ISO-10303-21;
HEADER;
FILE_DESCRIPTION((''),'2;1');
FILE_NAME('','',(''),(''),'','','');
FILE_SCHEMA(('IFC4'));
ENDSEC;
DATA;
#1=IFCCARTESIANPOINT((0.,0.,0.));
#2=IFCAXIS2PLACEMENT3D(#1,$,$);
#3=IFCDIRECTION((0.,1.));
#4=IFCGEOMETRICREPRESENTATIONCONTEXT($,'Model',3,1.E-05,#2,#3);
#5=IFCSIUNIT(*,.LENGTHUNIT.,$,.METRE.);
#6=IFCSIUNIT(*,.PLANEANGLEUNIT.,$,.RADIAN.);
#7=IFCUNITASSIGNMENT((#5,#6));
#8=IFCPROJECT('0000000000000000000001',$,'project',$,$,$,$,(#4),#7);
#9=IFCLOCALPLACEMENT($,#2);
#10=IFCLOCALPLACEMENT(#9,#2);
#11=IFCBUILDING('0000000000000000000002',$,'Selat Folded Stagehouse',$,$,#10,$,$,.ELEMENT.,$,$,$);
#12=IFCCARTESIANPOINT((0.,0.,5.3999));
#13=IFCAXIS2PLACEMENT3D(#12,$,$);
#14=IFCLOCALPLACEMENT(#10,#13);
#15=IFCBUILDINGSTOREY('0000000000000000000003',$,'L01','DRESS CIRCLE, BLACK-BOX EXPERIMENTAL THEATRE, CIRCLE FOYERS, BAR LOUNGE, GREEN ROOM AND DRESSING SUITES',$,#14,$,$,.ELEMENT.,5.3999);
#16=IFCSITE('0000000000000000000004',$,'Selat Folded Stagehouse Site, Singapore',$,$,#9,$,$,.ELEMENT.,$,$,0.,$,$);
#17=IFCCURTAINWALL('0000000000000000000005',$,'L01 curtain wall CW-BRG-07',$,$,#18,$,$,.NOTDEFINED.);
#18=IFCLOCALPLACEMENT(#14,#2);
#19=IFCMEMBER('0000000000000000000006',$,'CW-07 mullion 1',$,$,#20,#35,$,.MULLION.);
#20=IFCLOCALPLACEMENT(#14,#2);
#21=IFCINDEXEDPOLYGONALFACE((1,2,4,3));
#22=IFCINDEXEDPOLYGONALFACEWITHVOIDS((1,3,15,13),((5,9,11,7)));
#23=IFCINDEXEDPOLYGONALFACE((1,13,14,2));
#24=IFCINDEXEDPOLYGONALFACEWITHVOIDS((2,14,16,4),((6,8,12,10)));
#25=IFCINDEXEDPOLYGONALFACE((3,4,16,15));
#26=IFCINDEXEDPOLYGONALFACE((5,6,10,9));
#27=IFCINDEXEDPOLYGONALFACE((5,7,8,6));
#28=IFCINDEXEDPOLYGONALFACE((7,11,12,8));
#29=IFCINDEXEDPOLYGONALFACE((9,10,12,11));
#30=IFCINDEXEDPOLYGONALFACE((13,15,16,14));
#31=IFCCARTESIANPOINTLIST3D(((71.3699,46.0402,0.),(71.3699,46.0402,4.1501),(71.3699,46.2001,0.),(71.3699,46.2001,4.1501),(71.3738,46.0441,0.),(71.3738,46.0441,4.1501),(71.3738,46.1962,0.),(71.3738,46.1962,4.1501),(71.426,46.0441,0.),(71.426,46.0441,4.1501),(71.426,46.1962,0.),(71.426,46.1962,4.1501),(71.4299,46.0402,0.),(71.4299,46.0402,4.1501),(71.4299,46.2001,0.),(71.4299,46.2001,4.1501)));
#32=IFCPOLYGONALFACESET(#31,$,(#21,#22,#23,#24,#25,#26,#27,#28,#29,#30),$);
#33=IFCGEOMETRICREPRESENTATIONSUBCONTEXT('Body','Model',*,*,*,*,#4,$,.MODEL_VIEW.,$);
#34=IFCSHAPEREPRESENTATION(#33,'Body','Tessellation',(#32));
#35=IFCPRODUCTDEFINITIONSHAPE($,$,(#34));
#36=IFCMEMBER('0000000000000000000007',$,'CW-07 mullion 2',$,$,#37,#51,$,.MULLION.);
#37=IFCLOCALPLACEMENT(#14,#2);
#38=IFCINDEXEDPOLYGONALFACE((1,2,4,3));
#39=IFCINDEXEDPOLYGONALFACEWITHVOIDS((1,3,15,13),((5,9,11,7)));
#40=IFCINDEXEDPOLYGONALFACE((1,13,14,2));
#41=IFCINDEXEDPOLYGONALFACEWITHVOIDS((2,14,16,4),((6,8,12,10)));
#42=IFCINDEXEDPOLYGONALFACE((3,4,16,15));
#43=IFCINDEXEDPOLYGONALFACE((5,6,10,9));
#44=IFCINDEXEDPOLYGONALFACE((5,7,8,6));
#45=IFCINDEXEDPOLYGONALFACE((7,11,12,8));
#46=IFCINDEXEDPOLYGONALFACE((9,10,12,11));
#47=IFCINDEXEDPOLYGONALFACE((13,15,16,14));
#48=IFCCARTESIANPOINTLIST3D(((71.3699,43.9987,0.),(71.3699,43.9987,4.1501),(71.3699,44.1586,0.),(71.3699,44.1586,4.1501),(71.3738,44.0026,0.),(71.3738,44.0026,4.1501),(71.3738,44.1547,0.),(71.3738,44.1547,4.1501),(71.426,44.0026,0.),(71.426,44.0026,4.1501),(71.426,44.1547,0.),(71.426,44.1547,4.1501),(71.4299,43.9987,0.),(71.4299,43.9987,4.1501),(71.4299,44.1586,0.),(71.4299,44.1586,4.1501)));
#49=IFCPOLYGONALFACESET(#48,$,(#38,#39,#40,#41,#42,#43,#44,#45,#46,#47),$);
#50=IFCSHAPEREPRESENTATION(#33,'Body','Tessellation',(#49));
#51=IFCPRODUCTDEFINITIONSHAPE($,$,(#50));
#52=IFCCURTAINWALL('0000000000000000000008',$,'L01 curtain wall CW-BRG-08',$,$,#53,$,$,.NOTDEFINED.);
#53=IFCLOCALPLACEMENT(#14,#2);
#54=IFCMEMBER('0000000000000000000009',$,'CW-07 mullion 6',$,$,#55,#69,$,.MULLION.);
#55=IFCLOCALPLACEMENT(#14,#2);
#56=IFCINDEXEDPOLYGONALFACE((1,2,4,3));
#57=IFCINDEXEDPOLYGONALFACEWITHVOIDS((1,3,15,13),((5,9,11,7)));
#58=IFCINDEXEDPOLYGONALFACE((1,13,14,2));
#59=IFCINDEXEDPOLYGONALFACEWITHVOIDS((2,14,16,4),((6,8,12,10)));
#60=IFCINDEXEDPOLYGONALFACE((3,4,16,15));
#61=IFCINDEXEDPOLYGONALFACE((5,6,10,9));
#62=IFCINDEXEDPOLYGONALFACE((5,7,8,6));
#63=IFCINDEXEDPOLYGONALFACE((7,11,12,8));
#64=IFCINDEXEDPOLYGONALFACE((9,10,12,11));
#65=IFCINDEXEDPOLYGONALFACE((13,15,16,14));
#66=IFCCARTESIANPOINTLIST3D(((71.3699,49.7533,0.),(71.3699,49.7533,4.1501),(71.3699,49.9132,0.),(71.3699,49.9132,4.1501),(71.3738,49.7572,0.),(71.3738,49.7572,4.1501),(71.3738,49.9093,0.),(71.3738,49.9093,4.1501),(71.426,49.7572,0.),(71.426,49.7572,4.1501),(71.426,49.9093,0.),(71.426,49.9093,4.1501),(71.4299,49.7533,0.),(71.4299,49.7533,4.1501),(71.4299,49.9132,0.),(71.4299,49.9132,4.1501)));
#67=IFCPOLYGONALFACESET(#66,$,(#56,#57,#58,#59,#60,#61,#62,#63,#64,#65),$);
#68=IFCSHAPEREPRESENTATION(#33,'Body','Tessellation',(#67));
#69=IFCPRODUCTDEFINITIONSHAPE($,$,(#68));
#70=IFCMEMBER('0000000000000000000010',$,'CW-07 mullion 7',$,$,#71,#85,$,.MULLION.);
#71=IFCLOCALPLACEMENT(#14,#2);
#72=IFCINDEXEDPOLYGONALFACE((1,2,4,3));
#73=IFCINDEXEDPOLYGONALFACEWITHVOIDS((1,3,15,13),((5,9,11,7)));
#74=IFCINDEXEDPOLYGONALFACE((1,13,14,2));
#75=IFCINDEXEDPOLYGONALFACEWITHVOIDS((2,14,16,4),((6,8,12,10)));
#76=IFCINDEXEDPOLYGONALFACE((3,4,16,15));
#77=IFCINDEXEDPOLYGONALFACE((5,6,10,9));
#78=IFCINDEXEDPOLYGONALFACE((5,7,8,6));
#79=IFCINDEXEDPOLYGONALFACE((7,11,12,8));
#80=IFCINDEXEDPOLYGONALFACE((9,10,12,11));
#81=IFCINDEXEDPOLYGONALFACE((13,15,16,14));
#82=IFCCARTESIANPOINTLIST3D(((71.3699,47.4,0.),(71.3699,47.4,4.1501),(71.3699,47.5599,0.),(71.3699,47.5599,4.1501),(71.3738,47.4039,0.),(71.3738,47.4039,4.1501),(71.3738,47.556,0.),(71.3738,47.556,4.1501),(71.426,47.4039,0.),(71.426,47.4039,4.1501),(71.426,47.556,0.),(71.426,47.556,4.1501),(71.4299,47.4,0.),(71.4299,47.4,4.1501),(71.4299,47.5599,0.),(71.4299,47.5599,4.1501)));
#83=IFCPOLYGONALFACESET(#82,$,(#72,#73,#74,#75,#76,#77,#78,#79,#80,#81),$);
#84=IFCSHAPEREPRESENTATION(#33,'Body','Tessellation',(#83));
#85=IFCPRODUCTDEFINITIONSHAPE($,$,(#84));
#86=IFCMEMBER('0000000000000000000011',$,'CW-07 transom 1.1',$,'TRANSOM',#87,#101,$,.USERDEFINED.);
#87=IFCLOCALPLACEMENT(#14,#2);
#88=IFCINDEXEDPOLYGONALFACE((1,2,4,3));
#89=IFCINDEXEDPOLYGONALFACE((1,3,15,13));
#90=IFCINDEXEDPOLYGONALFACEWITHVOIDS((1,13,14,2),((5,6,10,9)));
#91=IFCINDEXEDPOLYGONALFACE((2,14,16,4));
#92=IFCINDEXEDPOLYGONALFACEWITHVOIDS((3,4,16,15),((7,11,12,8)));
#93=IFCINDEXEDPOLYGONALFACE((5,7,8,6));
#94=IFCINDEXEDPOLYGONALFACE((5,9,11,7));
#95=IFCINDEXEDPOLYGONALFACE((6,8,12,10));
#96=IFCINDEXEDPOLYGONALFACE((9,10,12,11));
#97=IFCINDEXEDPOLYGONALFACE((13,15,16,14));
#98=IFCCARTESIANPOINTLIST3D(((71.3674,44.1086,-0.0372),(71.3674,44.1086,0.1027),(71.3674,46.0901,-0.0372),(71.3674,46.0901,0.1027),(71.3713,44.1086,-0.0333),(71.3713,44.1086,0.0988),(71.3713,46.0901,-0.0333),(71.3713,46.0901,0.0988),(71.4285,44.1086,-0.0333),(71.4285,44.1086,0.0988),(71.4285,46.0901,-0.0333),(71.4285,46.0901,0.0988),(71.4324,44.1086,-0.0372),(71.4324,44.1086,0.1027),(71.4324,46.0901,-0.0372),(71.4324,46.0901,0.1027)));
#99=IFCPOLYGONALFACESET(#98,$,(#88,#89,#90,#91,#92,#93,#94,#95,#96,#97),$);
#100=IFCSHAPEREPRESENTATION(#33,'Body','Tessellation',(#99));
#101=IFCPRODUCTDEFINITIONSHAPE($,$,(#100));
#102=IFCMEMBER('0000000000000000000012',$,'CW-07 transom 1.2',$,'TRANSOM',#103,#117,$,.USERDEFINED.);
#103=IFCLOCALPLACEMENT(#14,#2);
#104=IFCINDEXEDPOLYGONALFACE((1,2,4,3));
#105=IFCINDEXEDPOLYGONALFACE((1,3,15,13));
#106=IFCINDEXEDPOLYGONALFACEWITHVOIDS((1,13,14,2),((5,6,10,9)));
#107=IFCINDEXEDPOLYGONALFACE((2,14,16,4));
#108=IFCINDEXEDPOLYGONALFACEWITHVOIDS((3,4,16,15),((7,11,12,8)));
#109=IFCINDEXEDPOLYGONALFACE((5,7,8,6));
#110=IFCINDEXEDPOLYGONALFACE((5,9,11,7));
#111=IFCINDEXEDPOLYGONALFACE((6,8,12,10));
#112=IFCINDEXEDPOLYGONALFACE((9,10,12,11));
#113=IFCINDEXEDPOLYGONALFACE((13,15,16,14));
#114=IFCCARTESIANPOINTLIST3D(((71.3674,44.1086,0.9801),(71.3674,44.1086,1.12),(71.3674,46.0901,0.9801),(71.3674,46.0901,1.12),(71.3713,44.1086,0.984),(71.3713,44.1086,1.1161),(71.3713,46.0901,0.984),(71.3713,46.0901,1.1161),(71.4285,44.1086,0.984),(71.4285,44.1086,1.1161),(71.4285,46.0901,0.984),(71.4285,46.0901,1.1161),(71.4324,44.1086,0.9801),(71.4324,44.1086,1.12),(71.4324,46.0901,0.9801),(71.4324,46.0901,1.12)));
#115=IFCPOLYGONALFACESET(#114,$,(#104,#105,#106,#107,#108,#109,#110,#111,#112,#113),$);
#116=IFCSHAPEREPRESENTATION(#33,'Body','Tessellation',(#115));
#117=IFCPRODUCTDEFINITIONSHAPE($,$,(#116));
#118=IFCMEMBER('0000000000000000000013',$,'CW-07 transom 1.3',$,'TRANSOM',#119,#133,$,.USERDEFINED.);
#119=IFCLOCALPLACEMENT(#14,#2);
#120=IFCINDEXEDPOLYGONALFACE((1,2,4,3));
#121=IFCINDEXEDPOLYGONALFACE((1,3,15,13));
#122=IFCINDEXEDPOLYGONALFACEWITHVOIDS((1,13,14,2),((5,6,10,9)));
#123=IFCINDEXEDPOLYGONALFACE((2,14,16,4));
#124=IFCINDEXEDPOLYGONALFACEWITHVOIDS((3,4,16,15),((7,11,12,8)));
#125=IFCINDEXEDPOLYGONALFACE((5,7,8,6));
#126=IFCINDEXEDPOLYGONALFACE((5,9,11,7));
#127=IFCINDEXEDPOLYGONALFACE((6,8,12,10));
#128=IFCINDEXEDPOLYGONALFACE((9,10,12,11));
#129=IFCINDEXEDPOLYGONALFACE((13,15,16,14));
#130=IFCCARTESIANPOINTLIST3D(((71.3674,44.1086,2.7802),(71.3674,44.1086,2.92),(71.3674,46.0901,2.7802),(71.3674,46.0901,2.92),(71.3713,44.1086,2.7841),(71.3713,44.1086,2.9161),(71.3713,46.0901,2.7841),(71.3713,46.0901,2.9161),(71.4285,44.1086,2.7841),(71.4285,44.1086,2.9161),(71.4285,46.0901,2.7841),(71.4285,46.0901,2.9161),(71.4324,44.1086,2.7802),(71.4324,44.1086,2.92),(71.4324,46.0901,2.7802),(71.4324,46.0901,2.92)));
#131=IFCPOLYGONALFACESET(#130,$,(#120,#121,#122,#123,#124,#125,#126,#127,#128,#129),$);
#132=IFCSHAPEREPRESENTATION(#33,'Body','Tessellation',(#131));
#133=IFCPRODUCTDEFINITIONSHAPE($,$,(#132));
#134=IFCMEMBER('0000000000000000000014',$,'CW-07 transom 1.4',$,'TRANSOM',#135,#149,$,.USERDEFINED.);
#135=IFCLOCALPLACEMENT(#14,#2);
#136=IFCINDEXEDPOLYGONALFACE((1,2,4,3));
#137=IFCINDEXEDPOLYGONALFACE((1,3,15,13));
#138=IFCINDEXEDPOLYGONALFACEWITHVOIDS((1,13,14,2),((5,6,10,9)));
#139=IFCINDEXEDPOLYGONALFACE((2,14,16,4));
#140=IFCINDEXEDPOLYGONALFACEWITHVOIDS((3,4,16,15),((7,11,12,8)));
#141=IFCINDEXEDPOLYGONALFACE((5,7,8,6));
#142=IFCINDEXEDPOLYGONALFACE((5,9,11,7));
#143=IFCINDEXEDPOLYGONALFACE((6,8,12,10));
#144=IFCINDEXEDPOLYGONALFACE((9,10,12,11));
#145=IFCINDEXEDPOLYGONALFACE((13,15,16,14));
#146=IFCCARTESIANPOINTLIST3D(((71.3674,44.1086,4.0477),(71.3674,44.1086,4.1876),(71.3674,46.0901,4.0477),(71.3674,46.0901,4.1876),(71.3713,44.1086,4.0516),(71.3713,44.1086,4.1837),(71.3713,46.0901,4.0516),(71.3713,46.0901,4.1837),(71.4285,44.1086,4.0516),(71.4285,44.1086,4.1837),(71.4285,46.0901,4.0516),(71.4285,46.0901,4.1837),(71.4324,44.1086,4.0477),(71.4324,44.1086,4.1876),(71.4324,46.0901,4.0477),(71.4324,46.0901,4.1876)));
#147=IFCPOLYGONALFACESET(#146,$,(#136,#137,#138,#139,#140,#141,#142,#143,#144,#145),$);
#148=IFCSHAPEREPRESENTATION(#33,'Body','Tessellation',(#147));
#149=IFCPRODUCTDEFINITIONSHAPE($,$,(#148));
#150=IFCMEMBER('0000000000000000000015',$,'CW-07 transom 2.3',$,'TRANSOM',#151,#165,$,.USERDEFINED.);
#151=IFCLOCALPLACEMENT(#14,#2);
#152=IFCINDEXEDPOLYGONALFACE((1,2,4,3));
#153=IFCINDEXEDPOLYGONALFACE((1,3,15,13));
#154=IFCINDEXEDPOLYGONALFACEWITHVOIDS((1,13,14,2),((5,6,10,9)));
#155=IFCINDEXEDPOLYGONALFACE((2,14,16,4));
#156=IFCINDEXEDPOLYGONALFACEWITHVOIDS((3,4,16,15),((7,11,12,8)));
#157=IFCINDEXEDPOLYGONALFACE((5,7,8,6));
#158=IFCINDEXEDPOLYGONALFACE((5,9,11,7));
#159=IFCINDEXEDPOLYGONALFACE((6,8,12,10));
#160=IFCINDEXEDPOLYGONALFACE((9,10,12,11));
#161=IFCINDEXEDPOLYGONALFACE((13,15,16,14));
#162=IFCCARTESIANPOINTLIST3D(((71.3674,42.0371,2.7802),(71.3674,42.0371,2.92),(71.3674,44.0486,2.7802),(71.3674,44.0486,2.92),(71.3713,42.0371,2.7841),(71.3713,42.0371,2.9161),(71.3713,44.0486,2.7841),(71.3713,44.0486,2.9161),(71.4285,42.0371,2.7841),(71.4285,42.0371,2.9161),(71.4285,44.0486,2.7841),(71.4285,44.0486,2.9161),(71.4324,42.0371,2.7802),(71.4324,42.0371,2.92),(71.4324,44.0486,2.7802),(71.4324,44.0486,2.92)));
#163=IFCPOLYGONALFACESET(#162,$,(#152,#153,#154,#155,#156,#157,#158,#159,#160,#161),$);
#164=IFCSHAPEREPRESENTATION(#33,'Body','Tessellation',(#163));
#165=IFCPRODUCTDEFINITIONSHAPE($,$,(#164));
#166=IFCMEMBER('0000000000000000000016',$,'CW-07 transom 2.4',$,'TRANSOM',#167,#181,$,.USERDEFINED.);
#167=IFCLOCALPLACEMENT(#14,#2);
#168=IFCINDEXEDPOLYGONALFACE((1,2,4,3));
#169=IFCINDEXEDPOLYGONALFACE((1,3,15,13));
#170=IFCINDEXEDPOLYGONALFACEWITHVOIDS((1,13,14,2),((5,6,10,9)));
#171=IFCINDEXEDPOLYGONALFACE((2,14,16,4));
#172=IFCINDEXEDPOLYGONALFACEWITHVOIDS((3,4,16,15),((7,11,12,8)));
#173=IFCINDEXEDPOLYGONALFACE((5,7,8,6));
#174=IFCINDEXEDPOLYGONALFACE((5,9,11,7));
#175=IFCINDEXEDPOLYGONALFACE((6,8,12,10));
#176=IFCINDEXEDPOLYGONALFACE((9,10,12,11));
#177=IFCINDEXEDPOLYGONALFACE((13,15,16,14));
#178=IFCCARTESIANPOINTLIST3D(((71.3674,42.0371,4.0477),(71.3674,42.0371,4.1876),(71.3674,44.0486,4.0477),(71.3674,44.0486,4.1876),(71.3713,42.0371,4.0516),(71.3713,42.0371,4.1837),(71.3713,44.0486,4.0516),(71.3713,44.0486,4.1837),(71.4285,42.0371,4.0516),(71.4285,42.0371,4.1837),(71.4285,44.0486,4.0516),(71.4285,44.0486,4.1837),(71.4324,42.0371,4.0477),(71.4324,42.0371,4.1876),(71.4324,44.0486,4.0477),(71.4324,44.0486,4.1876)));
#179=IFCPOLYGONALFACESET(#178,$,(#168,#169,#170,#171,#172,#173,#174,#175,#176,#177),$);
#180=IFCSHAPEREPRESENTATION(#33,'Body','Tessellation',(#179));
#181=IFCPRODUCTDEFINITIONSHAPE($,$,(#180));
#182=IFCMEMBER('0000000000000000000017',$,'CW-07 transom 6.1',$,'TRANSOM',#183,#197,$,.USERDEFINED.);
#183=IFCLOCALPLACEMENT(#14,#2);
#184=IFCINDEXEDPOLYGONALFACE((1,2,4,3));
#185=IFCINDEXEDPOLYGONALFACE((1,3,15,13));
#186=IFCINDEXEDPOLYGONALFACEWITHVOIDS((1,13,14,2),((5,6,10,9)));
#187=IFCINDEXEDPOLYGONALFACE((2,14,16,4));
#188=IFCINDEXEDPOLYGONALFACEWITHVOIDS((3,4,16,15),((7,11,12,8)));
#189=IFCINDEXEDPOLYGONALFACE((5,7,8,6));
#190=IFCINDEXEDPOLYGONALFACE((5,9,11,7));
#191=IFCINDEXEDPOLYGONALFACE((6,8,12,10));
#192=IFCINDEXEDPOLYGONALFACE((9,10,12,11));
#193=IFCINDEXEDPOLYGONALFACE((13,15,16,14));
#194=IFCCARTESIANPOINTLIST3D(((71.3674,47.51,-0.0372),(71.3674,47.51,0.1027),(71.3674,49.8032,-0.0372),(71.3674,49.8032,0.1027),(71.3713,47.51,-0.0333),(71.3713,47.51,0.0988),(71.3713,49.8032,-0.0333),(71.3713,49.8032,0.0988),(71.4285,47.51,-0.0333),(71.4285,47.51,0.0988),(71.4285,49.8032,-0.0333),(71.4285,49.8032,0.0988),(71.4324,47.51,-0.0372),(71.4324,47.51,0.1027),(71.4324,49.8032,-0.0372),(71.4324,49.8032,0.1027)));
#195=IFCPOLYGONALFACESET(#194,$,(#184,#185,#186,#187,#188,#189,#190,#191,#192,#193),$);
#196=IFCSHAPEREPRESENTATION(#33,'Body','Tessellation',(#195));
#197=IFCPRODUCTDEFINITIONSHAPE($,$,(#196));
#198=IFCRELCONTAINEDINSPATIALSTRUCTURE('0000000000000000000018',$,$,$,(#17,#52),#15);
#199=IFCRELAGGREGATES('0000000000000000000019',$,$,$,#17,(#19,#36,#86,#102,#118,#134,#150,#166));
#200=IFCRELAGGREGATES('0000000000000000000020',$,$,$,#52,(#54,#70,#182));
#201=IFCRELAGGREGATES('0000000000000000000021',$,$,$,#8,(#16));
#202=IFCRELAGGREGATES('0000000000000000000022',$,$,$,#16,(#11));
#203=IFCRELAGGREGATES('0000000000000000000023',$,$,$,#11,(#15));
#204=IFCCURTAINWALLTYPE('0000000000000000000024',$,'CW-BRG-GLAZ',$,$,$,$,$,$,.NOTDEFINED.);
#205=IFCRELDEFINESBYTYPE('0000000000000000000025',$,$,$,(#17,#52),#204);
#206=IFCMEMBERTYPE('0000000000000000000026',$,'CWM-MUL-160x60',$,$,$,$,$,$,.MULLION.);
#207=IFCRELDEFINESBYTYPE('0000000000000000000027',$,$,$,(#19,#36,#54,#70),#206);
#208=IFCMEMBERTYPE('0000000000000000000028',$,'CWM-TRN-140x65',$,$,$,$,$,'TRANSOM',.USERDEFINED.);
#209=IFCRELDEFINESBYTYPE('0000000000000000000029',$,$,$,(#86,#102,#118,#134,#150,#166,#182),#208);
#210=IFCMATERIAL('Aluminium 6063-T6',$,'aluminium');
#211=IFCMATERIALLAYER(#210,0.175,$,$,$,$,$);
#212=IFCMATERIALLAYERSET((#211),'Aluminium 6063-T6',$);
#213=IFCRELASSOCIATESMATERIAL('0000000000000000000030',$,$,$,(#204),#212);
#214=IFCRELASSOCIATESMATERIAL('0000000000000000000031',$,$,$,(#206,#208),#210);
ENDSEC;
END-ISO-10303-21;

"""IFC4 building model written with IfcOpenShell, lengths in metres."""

from ifc_helpers import new_model, si_unit, direction, frame, origin, origin_2d, place, context, subcontext, project, spatial, hollow_rectangle, extrude, material, layer, layer_set, material_profile, profile_set, type_object, element, aggregate, save


model = new_model("IFC4")

# Units and contexts
model_context = context("Model", 3, precision=1e-05, world=origin(), true_north=direction((0.0, 1.0)))
body_context = subcontext(model_context, "Body", "Model", "MODEL_VIEW")
ifc_project = project(units=[si_unit("LENGTHUNIT", "METRE"), si_unit("PLANEANGLEUNIT", "RADIAN")], contexts=[model_context])

# Site, building, storey
site_placement = place(None, origin())
site = spatial("IfcSite", under=ifc_project, at=site_placement, Name="Selat Folded Stagehouse Site, Singapore", CompositionType="ELEMENT", RefElevation=0.0)
building_placement = place(site_placement, origin())
building = spatial("IfcBuilding", under=site, at=building_placement, Name="Selat Folded Stagehouse", CompositionType="ELEMENT")
storey_placement = place(building_placement, frame((0.0, 0.0, 5.3999)))
storey = spatial("IfcBuildingStorey", under=building, at=storey_placement, Name="L01", Description="DRESS CIRCLE, BLACK-BOX EXPERIMENTAL THEATRE, CIRCLE FOYERS, BAR LOUNGE, GREEN ROOM AND DRESSING SUITES", CompositionType="ELEMENT", Elevation=5.3999)

# Curtain walls, members
ifc_material_1 = material(Name="Aluminium 6063-T6", Category="aluminium")
ifc_layer_1 = layer(ifc_material_1, 0.175)
ifc_layer_set_1 = layer_set([ifc_layer_1], Name="Aluminium 6063-T6")
curtain_wall_type = type_object("IfcCurtainWallType", Name="CW-BRG-GLAZ", PredefinedType="NOTDEFINED", material=ifc_layer_set_1)
curtain_wall_1_placement = place(storey_placement, origin())
curtain_wall_1 = element("IfcCurtainWall", 1, at=curtain_wall_1_placement, inside=storey, type_object=curtain_wall_type, Name="L01 curtain wall CW-BRG-07", PredefinedType="NOTDEFINED")
ifc_material_profile_1 = material_profile(ifc_material_1, hollow_rectangle(XDim=0.0601, YDim=0.1599, WallThickness=0.0039, at=origin_2d()), Name="ALU 160x60x4.0")
ifc_profile_set_1 = profile_set([ifc_material_profile_1], Name="Aluminium 6063-T6")
member_type_1 = type_object("IfcMemberType", Name="CWM-MUL-160x60", PredefinedType="MULLION", material=ifc_profile_set_1)
member_1_placement = place(storey_placement, frame((71.3999, 46.1201, 0.0), z_axis=(0.0, 0.0, 1.0), x_axis=(1.0, 0.0, 0.0)))
member_1 = element("IfcMember", 2, at=member_1_placement, type_object=member_type_1, Name="CW-07 mullion 1", PredefinedType="MULLION", context=body_context, shape_type="SweptSolid", body=[
    extrude(hollow_rectangle(XDim=0.0601, YDim=0.1599, WallThickness=0.0039, at=origin_2d()), origin(), (0.0, 0.0, 1.0), 4.1501),
])
member_2_placement = place(storey_placement, frame((71.3999, 44.0786, 0.0), z_axis=(0.0, 0.0, 1.0), x_axis=(1.0, 0.0, 0.0)))
member_2 = element("IfcMember", 3, at=member_2_placement, type_object=member_type_1, Name="CW-07 mullion 2", PredefinedType="MULLION", context=body_context, shape_type="SweptSolid", body=[
    extrude(hollow_rectangle(XDim=0.0601, YDim=0.1599, WallThickness=0.0039, at=origin_2d()), origin(), (0.0, 0.0, 1.0), 4.1501),
])
curtain_wall_2_placement = place(storey_placement, origin())
curtain_wall_2 = element("IfcCurtainWall", 4, at=curtain_wall_2_placement, inside=storey, type_object=curtain_wall_type, Name="L01 curtain wall CW-BRG-08", PredefinedType="NOTDEFINED")
member_3_placement = place(storey_placement, frame((71.3999, 49.8333, 0.0), z_axis=(0.0, 0.0, 1.0), x_axis=(1.0, 0.0, 0.0)))
member_3 = element("IfcMember", 5, at=member_3_placement, type_object=member_type_1, Name="CW-07 mullion 6", PredefinedType="MULLION", context=body_context, shape_type="SweptSolid", body=[
    extrude(hollow_rectangle(XDim=0.0601, YDim=0.1599, WallThickness=0.0039, at=origin_2d()), origin(), (0.0, 0.0, 1.0), 4.1501),
])
member_4_placement = place(storey_placement, frame((71.3999, 47.48, 0.0), z_axis=(0.0, 0.0, 1.0), x_axis=(1.0, 0.0, 0.0)))
member_4 = element("IfcMember", 6, at=member_4_placement, type_object=member_type_1, Name="CW-07 mullion 7", PredefinedType="MULLION", context=body_context, shape_type="SweptSolid", body=[
    extrude(hollow_rectangle(XDim=0.0601, YDim=0.1599, WallThickness=0.0039, at=origin_2d()), origin(), (0.0, 0.0, 1.0), 4.1501),
])

# Members
ifc_material_profile_2 = material_profile(ifc_material_1, hollow_rectangle(XDim=0.0649, YDim=0.1399, WallThickness=0.0039, at=origin_2d()), Name="ALU 140x65x4.0")
ifc_profile_set_2 = profile_set([ifc_material_profile_2], Name="Aluminium 6063-T6")
member_type_2 = type_object("IfcMemberType", Name="CWM-TRN-140x65", ElementType="TRANSOM", PredefinedType="USERDEFINED", material=ifc_profile_set_2)
member_5_placement = place(storey_placement, frame((71.3999, 46.0901, 0.0327), z_axis=(0.0, -1.0, 0.0), x_axis=(1.0, 0.0, 0.0)))
member_5 = element("IfcMember", 7, at=member_5_placement, type_object=member_type_2, Name="CW-07 transom 1.1", ObjectType="TRANSOM", PredefinedType="USERDEFINED", context=body_context, shape_type="SweptSolid", body=[
    extrude(hollow_rectangle(XDim=0.0649, YDim=0.1399, WallThickness=0.0039, at=origin_2d()), origin(), (0.0, 0.0, 1.0), 1.9814),
])
member_6_placement = place(storey_placement, frame((71.3999, 46.0901, 1.05), z_axis=(0.0, -1.0, 0.0), x_axis=(1.0, 0.0, 0.0)))
member_6 = element("IfcMember", 8, at=member_6_placement, type_object=member_type_2, Name="CW-07 transom 1.2", ObjectType="TRANSOM", PredefinedType="USERDEFINED", context=body_context, shape_type="SweptSolid", body=[
    extrude(hollow_rectangle(XDim=0.0649, YDim=0.1399, WallThickness=0.0039, at=origin_2d()), origin(), (0.0, 0.0, 1.0), 1.9814),
])
member_7_placement = place(storey_placement, frame((71.3999, 46.0901, 2.8501), z_axis=(0.0, -1.0, 0.0), x_axis=(1.0, 0.0, 0.0)))
member_7 = element("IfcMember", 9, at=member_7_placement, type_object=member_type_2, Name="CW-07 transom 1.3", ObjectType="TRANSOM", PredefinedType="USERDEFINED", context=body_context, shape_type="SweptSolid", body=[
    extrude(hollow_rectangle(XDim=0.0649, YDim=0.1399, WallThickness=0.0039, at=origin_2d()), origin(), (0.0, 0.0, 1.0), 1.9814),
])
member_8_placement = place(storey_placement, frame((71.3999, 46.0901, 4.1177), z_axis=(0.0, -1.0, 0.0), x_axis=(1.0, 0.0, 0.0)))
member_8 = element("IfcMember", 10, at=member_8_placement, type_object=member_type_2, Name="CW-07 transom 1.4", ObjectType="TRANSOM", PredefinedType="USERDEFINED", context=body_context, shape_type="SweptSolid", body=[
    extrude(hollow_rectangle(XDim=0.0649, YDim=0.1399, WallThickness=0.0039, at=origin_2d()), origin(), (0.0, 0.0, 1.0), 1.9814),
])
member_9_placement = place(storey_placement, frame((71.3999, 44.0486, 2.8501), z_axis=(0.0, -1.0, 0.0), x_axis=(1.0, 0.0, 0.0)))
member_9 = element("IfcMember", 11, at=member_9_placement, type_object=member_type_2, Name="CW-07 transom 2.3", ObjectType="TRANSOM", PredefinedType="USERDEFINED", context=body_context, shape_type="SweptSolid", body=[
    extrude(hollow_rectangle(XDim=0.0649, YDim=0.1399, WallThickness=0.0039, at=origin_2d()), origin(), (0.0, 0.0, 1.0), 2.0115),
])
member_10_placement = place(storey_placement, frame((71.3999, 44.0486, 4.1177), z_axis=(0.0, -1.0, 0.0), x_axis=(1.0, 0.0, 0.0)))
member_10 = element("IfcMember", 12, at=member_10_placement, type_object=member_type_2, Name="CW-07 transom 2.4", ObjectType="TRANSOM", PredefinedType="USERDEFINED", context=body_context, shape_type="SweptSolid", body=[
    extrude(hollow_rectangle(XDim=0.0649, YDim=0.1399, WallThickness=0.0039, at=origin_2d()), origin(), (0.0, 0.0, 1.0), 2.0115),
])
member_11_placement = place(storey_placement, frame((71.3999, 49.8032, 0.0327), z_axis=(0.0, -1.0, 0.0), x_axis=(1.0, 0.0, 0.0)))
member_11 = element("IfcMember", 13, at=member_11_placement, type_object=member_type_2, Name="CW-07 transom 6.1", ObjectType="TRANSOM", PredefinedType="USERDEFINED", context=body_context, shape_type="SweptSolid", body=[
    extrude(hollow_rectangle(XDim=0.0649, YDim=0.1399, WallThickness=0.0039, at=origin_2d()), origin(), (0.0, 0.0, 1.0), 2.2932),
])

aggregate(curtain_wall_1, [member_1, member_2, member_5, member_6, member_7, member_8, member_9, member_10])
aggregate(curtain_wall_2, [member_3, member_4, member_11])

save(model, "model.ifc")
